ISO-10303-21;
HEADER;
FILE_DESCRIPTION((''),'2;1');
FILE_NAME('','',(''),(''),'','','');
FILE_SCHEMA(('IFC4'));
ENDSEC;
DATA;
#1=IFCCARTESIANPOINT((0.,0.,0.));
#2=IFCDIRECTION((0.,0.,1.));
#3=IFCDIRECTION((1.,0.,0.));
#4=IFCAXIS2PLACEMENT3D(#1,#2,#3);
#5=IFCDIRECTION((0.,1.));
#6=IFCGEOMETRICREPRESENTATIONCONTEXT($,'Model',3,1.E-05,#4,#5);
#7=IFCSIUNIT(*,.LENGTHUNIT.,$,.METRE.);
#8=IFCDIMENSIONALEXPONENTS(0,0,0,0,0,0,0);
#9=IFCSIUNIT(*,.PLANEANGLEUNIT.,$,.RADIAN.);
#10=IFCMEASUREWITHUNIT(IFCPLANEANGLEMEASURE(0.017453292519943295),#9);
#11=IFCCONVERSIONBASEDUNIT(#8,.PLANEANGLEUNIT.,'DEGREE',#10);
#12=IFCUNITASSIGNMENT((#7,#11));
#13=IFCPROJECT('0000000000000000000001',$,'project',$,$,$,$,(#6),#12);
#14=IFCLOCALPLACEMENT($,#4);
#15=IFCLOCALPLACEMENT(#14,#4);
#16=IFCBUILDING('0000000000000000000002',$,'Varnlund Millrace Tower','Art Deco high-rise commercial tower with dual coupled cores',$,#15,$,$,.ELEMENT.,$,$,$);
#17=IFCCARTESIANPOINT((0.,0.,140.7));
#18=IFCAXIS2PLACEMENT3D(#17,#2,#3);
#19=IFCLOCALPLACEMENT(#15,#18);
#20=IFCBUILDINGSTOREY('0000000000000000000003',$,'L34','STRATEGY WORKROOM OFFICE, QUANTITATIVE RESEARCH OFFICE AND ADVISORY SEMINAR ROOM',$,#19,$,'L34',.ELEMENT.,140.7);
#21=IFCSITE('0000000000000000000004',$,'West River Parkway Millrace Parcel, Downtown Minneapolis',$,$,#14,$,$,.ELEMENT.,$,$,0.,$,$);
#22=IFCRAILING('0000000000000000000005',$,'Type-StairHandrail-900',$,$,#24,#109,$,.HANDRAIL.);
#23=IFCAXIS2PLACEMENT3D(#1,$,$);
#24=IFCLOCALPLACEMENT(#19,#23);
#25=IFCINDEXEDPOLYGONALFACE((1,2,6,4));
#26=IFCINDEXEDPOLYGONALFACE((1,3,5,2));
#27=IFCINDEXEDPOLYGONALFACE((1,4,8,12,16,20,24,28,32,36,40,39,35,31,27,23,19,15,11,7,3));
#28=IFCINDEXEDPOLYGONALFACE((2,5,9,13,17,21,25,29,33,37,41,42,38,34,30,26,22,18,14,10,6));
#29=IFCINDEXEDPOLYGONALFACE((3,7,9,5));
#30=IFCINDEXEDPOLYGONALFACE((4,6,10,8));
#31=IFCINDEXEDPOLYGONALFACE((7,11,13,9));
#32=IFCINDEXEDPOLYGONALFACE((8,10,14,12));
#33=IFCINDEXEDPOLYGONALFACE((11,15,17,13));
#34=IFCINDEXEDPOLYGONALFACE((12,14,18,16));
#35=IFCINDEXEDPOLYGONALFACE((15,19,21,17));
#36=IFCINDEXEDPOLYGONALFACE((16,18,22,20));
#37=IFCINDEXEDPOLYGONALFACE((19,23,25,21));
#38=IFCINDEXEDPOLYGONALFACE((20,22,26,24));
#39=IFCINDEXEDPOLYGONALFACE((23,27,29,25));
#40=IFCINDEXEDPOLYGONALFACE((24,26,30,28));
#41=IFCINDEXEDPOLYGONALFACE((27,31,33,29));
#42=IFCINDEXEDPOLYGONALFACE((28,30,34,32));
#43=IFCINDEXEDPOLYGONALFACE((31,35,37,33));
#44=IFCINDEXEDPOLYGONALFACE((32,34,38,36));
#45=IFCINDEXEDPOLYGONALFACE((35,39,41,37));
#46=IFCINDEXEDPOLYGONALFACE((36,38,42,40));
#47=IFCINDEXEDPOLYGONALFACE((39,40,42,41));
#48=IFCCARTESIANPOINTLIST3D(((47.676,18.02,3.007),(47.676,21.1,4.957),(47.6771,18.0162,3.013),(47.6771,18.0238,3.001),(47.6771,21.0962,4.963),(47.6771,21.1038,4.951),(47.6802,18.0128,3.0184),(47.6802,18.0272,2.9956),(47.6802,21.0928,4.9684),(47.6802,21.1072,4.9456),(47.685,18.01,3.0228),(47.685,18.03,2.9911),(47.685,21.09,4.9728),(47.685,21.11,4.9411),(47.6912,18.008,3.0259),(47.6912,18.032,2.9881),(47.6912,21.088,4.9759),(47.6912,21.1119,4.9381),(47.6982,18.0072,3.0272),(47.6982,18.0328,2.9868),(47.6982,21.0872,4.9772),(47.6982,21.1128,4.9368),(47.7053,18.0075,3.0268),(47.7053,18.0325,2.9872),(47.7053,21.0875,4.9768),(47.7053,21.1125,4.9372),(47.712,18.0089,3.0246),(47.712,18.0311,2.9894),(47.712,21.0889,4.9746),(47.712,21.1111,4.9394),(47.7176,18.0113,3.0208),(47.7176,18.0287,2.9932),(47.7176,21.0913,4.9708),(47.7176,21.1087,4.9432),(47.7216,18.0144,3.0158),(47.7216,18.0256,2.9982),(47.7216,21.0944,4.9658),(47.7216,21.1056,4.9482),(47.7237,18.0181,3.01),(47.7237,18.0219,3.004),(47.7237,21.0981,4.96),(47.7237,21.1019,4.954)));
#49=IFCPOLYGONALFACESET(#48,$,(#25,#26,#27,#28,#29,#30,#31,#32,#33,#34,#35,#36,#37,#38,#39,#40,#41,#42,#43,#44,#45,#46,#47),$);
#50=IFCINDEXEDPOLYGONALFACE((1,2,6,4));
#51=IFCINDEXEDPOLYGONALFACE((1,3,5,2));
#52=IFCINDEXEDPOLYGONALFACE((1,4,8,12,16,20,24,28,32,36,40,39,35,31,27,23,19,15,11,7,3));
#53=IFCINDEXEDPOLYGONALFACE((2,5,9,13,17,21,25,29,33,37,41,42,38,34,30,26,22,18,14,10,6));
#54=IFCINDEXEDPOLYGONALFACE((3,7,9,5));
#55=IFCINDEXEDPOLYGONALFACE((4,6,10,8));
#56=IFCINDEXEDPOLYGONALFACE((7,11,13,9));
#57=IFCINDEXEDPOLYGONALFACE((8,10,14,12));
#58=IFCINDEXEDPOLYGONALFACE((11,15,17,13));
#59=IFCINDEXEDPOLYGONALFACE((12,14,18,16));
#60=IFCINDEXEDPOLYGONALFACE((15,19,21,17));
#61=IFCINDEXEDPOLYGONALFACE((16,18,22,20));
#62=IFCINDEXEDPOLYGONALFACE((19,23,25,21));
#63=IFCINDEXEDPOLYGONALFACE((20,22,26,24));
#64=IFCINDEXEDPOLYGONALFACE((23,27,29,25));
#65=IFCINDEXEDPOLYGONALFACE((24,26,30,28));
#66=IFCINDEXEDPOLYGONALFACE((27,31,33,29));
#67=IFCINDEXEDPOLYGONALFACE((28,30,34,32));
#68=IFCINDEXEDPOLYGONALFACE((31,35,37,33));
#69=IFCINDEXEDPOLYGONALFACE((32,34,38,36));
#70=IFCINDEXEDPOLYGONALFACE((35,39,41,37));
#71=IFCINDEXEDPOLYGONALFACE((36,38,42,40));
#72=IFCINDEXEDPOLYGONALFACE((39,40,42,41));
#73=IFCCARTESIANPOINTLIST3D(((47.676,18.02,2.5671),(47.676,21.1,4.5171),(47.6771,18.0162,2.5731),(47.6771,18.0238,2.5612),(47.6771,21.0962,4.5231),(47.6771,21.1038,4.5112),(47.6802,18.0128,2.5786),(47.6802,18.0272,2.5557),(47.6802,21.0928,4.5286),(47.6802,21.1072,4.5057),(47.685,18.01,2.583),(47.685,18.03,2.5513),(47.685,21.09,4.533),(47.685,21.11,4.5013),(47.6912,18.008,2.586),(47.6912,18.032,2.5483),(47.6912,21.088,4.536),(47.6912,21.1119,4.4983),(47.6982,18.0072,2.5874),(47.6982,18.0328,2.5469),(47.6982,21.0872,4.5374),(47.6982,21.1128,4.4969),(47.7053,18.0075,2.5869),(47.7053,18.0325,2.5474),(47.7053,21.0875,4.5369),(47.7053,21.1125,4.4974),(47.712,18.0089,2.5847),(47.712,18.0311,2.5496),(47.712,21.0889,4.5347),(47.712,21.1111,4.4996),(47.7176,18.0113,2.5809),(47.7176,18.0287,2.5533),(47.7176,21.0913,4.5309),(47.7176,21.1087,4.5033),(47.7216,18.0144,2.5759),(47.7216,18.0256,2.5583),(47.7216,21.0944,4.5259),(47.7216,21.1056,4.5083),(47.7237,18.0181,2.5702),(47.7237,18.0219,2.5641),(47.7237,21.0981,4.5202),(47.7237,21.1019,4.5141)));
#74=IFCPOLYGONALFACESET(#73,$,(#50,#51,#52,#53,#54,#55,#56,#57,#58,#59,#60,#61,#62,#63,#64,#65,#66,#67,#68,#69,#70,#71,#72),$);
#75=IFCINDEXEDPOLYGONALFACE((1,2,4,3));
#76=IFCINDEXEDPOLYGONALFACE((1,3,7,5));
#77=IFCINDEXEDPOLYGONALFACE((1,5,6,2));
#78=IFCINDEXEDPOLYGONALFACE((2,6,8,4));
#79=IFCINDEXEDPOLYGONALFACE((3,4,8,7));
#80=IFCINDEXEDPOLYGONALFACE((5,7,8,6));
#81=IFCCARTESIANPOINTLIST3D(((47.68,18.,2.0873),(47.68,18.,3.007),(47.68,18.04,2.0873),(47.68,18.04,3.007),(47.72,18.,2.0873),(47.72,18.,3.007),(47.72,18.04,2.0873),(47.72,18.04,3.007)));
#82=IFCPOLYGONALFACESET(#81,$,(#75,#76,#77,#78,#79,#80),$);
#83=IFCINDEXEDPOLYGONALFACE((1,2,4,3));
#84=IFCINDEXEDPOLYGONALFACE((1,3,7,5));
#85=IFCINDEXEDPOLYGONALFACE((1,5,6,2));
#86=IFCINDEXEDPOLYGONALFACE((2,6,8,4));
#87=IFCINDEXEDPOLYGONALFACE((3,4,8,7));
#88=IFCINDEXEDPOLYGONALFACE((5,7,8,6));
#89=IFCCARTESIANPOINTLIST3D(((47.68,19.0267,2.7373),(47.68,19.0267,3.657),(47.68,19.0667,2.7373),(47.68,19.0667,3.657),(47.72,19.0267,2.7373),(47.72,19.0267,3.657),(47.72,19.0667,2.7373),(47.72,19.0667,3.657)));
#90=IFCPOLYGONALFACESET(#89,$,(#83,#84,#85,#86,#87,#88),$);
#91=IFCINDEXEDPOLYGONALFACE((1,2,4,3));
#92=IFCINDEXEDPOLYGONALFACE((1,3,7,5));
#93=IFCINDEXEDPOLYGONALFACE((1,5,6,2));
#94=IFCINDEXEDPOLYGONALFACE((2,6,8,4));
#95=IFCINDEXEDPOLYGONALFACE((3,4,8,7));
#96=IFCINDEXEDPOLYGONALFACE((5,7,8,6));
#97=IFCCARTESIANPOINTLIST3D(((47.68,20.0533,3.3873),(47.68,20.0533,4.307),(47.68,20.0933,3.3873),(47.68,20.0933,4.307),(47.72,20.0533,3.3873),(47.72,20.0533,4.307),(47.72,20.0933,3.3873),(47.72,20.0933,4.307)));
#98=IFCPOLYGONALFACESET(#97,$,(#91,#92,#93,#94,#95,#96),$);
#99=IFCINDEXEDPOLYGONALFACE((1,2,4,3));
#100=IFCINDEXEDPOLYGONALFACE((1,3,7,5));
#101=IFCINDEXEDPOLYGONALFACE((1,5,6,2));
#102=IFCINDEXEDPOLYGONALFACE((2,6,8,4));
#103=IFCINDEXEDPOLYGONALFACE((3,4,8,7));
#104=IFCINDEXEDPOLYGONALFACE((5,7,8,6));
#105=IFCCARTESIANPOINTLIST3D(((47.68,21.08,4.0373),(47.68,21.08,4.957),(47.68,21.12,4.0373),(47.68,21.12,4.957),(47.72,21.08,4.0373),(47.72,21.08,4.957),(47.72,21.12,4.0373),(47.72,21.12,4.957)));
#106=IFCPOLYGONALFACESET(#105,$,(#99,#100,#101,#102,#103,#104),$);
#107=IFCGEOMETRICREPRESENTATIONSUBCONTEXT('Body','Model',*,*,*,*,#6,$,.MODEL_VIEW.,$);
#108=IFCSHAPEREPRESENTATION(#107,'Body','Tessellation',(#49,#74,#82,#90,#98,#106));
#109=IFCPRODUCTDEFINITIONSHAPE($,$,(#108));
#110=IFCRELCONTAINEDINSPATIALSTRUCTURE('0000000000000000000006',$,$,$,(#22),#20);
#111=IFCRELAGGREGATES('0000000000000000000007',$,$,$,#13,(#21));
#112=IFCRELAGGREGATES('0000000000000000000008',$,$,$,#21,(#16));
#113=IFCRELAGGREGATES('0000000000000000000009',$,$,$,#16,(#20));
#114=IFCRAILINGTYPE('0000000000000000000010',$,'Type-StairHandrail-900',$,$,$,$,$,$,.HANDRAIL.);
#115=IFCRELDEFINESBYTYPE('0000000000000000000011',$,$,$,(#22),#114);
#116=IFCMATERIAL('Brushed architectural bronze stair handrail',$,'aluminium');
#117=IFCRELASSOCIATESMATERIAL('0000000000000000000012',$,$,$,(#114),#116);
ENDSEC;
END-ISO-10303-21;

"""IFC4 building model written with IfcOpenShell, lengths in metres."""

from ifc_helpers import new_model, entity, si_unit, converted_unit, direction, frame, origin_with_axes, origin_2d_with_axis, place, context, subcontext, project, spatial, rectangle, circle, extrude, material, type_object, element, save


model = new_model("IFC4")

# Units and contexts
model_context = context("Model", 3, precision=1e-05, world=origin_with_axes(), true_north=direction((0.0, 1.0)))
body_context = subcontext(model_context, "Body", "Model", "MODEL_VIEW")
ifc_project = project(units=[si_unit("LENGTHUNIT", "METRE"), converted_unit("PLANEANGLEUNIT", "DEGREE", entity("IfcPlaneAngleMeasure", 0.017453292519943295), si_unit("PLANEANGLEUNIT", "RADIAN"), dimensions=[0, 0, 0, 0, 0, 0, 0])], contexts=[model_context])

# Site, building, storey
site_placement = place(None, origin_with_axes())
site = spatial("IfcSite", under=ifc_project, at=site_placement, Name="West River Parkway Millrace Parcel, Downtown Minneapolis", CompositionType="ELEMENT", RefElevation=0.0)
building_placement = place(site_placement, origin_with_axes())
building = spatial("IfcBuilding", under=site, at=building_placement, Name="Varnlund Millrace Tower", Description="Art Deco high-rise commercial tower with dual coupled cores", CompositionType="ELEMENT")
storey_placement = place(building_placement, frame((0.0, 0.0, 140.7), z_axis=(0.0, 0.0, 1.0), x_axis=(1.0, 0.0, 0.0)))
storey = spatial("IfcBuildingStorey", under=building, at=storey_placement, Name="L34", Description="STRATEGY WORKROOM OFFICE, QUANTITATIVE RESEARCH OFFICE AND ADVISORY SEMINAR ROOM", LongName="L34", CompositionType="ELEMENT", Elevation=140.7)

# Railing
ifc_material_1 = material(Name="Brushed architectural bronze stair handrail", Category="aluminium")
railing_type_1 = type_object("IfcRailingType", Name="Type-StairHandrail-900", PredefinedType="HANDRAIL", material=ifc_material_1)
railing_1_placement = place(storey_placement, frame((0.0, 0.0, -140.7), z_axis=(0.0, 0.0, 1.0), x_axis=(1.0, 0.0, 0.0)))
element("IfcRailing", 1, at=railing_1_placement, inside=storey, type_object=railing_type_1, Name="Type-StairHandrail-900", PredefinedType="HANDRAIL", context=body_context, shape_type="SweptSolid", body=[
    extrude(circle(Radius=0.024, at=origin_2d_with_axis()), frame((47.7, 18.02, 143.707), z_axis=(0.0, 0.844902, 0.534922), x_axis=(-1.0, 0.0, 0.0)), (0.0, 0.0, 1.0), 3.6454),
    extrude(circle(Radius=0.024, at=origin_2d_with_axis()), frame((47.7, 18.02, 143.2671), z_axis=(0.0, 0.844902, 0.534922), x_axis=(-1.0, 0.0, 0.0)), (0.0, 0.0, 1.0), 3.6454),
    extrude(rectangle(XDim=0.04, YDim=0.04, at=origin_2d_with_axis()), frame((47.7, 18.02, 142.7873), z_axis=(0.0, 0.0, 1.0), x_axis=(1.0, 0.0, 0.0)), (0.0, 0.0, 1.0), 0.9197),
    extrude(rectangle(XDim=0.04, YDim=0.04, at=origin_2d_with_axis()), frame((47.7, 19.0467, 143.4373), z_axis=(0.0, 0.0, 1.0), x_axis=(1.0, 0.0, 0.0)), (0.0, 0.0, 1.0), 0.9197),
    extrude(rectangle(XDim=0.04, YDim=0.04, at=origin_2d_with_axis()), frame((47.7, 20.0733, 144.0873), z_axis=(0.0, 0.0, 1.0), x_axis=(1.0, 0.0, 0.0)), (0.0, 0.0, 1.0), 0.9197),
    extrude(rectangle(XDim=0.04, YDim=0.04, at=origin_2d_with_axis()), frame((47.7, 21.1, 144.7373), z_axis=(0.0, 0.0, 1.0), x_axis=(1.0, 0.0, 0.0)), (0.0, 0.0, 1.0), 0.9197),
])

save(model, "model.ifc")
